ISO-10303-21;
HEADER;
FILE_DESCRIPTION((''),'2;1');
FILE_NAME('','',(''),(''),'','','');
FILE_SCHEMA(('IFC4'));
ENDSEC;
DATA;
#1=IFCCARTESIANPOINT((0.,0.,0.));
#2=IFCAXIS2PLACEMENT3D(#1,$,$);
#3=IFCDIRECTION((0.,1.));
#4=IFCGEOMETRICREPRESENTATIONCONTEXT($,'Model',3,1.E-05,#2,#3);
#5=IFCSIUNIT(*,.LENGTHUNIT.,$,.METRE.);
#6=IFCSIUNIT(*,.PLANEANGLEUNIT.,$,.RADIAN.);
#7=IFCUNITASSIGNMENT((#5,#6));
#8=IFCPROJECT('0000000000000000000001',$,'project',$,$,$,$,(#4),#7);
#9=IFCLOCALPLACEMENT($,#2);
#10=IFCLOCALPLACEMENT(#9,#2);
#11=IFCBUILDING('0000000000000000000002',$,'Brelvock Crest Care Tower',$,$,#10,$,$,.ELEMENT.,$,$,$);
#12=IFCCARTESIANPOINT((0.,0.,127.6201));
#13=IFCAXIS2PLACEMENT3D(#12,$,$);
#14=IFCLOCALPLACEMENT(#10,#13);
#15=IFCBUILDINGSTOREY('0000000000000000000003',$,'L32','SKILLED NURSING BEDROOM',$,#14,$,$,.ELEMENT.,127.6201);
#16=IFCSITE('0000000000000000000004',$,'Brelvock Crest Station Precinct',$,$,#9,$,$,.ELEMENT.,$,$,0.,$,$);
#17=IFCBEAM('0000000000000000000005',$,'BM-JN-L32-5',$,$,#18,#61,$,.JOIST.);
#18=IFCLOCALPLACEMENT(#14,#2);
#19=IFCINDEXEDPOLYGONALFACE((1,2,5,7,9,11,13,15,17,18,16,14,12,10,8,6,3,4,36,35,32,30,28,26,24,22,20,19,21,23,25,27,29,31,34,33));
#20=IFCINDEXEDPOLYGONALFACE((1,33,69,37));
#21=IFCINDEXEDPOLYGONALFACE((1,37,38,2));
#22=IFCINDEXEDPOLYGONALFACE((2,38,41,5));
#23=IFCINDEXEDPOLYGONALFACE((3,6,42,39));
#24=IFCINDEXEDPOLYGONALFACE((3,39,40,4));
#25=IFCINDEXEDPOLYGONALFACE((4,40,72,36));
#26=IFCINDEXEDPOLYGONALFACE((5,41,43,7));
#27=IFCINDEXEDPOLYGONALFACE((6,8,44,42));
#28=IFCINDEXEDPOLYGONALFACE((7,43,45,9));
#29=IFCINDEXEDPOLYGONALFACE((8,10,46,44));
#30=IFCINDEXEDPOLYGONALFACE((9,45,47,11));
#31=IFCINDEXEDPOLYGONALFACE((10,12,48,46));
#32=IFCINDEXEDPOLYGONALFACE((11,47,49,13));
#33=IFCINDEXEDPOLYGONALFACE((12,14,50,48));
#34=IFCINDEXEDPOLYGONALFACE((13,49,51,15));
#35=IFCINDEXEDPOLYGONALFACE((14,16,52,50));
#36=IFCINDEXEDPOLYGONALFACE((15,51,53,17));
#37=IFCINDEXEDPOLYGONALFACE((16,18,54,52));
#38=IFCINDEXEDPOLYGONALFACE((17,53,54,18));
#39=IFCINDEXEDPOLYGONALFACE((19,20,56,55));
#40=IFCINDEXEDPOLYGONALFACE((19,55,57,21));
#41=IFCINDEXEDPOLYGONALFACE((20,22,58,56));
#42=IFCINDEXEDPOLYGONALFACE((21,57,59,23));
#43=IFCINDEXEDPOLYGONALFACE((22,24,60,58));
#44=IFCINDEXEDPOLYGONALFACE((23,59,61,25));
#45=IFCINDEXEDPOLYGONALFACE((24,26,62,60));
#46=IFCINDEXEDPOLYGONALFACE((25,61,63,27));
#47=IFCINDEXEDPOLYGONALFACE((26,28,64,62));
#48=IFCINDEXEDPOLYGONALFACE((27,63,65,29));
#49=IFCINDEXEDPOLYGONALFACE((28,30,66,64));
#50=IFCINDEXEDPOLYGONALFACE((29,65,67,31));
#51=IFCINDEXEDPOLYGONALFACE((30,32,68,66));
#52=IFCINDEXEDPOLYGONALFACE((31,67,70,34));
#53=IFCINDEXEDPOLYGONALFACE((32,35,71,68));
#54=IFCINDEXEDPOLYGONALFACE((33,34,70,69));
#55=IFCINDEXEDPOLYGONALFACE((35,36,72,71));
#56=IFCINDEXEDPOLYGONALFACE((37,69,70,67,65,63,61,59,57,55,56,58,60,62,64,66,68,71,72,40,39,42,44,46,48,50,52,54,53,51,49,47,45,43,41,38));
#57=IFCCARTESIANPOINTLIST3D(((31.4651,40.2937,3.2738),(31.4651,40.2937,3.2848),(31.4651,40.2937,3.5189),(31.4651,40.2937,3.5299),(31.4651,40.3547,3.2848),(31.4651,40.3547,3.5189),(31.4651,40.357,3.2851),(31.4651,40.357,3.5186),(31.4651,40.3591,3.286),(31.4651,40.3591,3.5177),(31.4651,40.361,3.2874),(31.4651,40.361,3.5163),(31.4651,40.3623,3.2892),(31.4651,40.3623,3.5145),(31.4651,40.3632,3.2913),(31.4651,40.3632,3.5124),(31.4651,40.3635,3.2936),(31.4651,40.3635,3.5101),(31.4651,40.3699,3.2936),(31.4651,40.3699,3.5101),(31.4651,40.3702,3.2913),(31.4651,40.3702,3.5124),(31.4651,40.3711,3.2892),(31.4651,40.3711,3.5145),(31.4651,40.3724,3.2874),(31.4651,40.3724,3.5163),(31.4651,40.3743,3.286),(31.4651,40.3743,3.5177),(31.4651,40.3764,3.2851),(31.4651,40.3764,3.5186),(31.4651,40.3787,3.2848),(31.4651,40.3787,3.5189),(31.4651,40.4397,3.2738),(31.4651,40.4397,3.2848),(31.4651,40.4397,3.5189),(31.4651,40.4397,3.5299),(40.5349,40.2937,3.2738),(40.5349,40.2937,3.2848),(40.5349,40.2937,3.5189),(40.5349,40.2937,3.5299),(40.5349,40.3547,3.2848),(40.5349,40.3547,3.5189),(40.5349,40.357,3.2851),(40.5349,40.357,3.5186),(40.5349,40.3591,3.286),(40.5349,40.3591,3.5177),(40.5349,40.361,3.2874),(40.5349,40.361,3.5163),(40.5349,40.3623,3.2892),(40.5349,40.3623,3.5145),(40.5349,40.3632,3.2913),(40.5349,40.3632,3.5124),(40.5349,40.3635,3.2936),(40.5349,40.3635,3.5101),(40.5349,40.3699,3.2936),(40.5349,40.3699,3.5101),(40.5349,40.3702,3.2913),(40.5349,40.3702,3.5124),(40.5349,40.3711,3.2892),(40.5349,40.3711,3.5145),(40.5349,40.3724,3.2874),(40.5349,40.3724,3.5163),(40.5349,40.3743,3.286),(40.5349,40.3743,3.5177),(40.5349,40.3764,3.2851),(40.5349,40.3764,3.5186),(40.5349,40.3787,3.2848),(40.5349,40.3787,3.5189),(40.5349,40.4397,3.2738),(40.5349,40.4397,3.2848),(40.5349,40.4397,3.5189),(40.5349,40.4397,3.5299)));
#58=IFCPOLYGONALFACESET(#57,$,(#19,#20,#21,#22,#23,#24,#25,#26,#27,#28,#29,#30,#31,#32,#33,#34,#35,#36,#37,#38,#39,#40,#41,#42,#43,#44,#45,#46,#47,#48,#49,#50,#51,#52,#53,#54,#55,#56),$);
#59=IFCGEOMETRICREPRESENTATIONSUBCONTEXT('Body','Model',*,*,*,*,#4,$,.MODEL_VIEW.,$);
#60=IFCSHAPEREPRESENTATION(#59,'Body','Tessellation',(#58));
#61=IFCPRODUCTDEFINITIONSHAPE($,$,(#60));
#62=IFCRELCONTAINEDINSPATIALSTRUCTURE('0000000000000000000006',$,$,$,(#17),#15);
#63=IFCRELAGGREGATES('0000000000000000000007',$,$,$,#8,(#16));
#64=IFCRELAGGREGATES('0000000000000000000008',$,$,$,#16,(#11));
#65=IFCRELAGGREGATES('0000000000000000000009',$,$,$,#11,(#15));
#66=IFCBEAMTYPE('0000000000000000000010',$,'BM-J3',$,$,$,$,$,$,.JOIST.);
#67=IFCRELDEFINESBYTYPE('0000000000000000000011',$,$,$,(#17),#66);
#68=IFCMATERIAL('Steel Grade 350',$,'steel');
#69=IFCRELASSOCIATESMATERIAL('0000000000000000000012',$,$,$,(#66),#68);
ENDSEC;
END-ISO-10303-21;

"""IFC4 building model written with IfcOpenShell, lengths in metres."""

from ifc_helpers import new_model, si_unit, direction, frame, origin, origin_2d, place, context, subcontext, project, spatial, i_section, extrude, source, transform, mapped, material, material_profile, profile_set, type_object, element, save


model = new_model("IFC4")

# Units and contexts
model_context = context("Model", 3, precision=1e-05, world=origin(), true_north=direction((0.0, 1.0)))
body_context = subcontext(model_context, "Body", "Model", "MODEL_VIEW")
ifc_project = project(units=[si_unit("LENGTHUNIT", "METRE"), si_unit("PLANEANGLEUNIT", "RADIAN")], contexts=[model_context])

# Site, building, storey
site_placement = place(None, origin())
site = spatial("IfcSite", under=ifc_project, at=site_placement, Name="Brelvock Crest Station Precinct", CompositionType="ELEMENT", RefElevation=0.0)
building_placement = place(site_placement, origin())
building = spatial("IfcBuilding", under=site, at=building_placement, Name="Brelvock Crest Care Tower", CompositionType="ELEMENT")
storey_placement = place(building_placement, frame((0.0, 0.0, 127.6201)))
storey = spatial("IfcBuildingStorey", under=building, at=storey_placement, Name="L32", Description="SKILLED NURSING BEDROOM", CompositionType="ELEMENT", Elevation=127.6201)

# Beam
ifc_material = material(Name="Steel Grade 350", Category="steel")
ifc_material_profile = material_profile(ifc_material, i_section(OverallWidth=0.146, OverallDepth=0.2561, WebThickness=0.0063, FlangeThickness=0.011, FilletRadius=0.0088, at=origin_2d()), Name="250UB37.3")
ifc_profile_set = profile_set([ifc_material_profile], Name="Steel Grade 350")
beam_type = type_object("IfcBeamType", Name="BM-J3", PredefinedType="JOIST", material=ifc_profile_set)
shared_shape = source(origin(), body_context, "Body", "SweptSolid", [
    extrude(i_section(OverallWidth=0.146, OverallDepth=0.2561, WebThickness=0.0063, FlangeThickness=0.011, FilletRadius=0.0088, at=origin_2d()), origin(), (0.0, 0.0, 1.0), 9.0698),
])
for number, where, z_axis, x_axis, name in (
    (1, (31.4651, 40.3667, 3.4019), (1.0, 0.0, 0.0), (0.0, 1.0, 0.0), "BM-JN-L32-5"),
):
    element("IfcBeam", number, at=place(storey_placement, frame(where, z_axis=z_axis, x_axis=x_axis)), inside=storey, type_object=beam_type, Name=name, PredefinedType="JOIST", context=body_context, shape_type="MappedRepresentation", body=[
        mapped(shared_shape, transform((0.0, 0.0, 0.0), x_axis=(1.0, 0.0, 0.0), y_axis=(0.0, 1.0, 0.0), z_axis=(0.0, 0.0, 1.0), scale=1.0)),
    ])

save(model, "model.ifc")
